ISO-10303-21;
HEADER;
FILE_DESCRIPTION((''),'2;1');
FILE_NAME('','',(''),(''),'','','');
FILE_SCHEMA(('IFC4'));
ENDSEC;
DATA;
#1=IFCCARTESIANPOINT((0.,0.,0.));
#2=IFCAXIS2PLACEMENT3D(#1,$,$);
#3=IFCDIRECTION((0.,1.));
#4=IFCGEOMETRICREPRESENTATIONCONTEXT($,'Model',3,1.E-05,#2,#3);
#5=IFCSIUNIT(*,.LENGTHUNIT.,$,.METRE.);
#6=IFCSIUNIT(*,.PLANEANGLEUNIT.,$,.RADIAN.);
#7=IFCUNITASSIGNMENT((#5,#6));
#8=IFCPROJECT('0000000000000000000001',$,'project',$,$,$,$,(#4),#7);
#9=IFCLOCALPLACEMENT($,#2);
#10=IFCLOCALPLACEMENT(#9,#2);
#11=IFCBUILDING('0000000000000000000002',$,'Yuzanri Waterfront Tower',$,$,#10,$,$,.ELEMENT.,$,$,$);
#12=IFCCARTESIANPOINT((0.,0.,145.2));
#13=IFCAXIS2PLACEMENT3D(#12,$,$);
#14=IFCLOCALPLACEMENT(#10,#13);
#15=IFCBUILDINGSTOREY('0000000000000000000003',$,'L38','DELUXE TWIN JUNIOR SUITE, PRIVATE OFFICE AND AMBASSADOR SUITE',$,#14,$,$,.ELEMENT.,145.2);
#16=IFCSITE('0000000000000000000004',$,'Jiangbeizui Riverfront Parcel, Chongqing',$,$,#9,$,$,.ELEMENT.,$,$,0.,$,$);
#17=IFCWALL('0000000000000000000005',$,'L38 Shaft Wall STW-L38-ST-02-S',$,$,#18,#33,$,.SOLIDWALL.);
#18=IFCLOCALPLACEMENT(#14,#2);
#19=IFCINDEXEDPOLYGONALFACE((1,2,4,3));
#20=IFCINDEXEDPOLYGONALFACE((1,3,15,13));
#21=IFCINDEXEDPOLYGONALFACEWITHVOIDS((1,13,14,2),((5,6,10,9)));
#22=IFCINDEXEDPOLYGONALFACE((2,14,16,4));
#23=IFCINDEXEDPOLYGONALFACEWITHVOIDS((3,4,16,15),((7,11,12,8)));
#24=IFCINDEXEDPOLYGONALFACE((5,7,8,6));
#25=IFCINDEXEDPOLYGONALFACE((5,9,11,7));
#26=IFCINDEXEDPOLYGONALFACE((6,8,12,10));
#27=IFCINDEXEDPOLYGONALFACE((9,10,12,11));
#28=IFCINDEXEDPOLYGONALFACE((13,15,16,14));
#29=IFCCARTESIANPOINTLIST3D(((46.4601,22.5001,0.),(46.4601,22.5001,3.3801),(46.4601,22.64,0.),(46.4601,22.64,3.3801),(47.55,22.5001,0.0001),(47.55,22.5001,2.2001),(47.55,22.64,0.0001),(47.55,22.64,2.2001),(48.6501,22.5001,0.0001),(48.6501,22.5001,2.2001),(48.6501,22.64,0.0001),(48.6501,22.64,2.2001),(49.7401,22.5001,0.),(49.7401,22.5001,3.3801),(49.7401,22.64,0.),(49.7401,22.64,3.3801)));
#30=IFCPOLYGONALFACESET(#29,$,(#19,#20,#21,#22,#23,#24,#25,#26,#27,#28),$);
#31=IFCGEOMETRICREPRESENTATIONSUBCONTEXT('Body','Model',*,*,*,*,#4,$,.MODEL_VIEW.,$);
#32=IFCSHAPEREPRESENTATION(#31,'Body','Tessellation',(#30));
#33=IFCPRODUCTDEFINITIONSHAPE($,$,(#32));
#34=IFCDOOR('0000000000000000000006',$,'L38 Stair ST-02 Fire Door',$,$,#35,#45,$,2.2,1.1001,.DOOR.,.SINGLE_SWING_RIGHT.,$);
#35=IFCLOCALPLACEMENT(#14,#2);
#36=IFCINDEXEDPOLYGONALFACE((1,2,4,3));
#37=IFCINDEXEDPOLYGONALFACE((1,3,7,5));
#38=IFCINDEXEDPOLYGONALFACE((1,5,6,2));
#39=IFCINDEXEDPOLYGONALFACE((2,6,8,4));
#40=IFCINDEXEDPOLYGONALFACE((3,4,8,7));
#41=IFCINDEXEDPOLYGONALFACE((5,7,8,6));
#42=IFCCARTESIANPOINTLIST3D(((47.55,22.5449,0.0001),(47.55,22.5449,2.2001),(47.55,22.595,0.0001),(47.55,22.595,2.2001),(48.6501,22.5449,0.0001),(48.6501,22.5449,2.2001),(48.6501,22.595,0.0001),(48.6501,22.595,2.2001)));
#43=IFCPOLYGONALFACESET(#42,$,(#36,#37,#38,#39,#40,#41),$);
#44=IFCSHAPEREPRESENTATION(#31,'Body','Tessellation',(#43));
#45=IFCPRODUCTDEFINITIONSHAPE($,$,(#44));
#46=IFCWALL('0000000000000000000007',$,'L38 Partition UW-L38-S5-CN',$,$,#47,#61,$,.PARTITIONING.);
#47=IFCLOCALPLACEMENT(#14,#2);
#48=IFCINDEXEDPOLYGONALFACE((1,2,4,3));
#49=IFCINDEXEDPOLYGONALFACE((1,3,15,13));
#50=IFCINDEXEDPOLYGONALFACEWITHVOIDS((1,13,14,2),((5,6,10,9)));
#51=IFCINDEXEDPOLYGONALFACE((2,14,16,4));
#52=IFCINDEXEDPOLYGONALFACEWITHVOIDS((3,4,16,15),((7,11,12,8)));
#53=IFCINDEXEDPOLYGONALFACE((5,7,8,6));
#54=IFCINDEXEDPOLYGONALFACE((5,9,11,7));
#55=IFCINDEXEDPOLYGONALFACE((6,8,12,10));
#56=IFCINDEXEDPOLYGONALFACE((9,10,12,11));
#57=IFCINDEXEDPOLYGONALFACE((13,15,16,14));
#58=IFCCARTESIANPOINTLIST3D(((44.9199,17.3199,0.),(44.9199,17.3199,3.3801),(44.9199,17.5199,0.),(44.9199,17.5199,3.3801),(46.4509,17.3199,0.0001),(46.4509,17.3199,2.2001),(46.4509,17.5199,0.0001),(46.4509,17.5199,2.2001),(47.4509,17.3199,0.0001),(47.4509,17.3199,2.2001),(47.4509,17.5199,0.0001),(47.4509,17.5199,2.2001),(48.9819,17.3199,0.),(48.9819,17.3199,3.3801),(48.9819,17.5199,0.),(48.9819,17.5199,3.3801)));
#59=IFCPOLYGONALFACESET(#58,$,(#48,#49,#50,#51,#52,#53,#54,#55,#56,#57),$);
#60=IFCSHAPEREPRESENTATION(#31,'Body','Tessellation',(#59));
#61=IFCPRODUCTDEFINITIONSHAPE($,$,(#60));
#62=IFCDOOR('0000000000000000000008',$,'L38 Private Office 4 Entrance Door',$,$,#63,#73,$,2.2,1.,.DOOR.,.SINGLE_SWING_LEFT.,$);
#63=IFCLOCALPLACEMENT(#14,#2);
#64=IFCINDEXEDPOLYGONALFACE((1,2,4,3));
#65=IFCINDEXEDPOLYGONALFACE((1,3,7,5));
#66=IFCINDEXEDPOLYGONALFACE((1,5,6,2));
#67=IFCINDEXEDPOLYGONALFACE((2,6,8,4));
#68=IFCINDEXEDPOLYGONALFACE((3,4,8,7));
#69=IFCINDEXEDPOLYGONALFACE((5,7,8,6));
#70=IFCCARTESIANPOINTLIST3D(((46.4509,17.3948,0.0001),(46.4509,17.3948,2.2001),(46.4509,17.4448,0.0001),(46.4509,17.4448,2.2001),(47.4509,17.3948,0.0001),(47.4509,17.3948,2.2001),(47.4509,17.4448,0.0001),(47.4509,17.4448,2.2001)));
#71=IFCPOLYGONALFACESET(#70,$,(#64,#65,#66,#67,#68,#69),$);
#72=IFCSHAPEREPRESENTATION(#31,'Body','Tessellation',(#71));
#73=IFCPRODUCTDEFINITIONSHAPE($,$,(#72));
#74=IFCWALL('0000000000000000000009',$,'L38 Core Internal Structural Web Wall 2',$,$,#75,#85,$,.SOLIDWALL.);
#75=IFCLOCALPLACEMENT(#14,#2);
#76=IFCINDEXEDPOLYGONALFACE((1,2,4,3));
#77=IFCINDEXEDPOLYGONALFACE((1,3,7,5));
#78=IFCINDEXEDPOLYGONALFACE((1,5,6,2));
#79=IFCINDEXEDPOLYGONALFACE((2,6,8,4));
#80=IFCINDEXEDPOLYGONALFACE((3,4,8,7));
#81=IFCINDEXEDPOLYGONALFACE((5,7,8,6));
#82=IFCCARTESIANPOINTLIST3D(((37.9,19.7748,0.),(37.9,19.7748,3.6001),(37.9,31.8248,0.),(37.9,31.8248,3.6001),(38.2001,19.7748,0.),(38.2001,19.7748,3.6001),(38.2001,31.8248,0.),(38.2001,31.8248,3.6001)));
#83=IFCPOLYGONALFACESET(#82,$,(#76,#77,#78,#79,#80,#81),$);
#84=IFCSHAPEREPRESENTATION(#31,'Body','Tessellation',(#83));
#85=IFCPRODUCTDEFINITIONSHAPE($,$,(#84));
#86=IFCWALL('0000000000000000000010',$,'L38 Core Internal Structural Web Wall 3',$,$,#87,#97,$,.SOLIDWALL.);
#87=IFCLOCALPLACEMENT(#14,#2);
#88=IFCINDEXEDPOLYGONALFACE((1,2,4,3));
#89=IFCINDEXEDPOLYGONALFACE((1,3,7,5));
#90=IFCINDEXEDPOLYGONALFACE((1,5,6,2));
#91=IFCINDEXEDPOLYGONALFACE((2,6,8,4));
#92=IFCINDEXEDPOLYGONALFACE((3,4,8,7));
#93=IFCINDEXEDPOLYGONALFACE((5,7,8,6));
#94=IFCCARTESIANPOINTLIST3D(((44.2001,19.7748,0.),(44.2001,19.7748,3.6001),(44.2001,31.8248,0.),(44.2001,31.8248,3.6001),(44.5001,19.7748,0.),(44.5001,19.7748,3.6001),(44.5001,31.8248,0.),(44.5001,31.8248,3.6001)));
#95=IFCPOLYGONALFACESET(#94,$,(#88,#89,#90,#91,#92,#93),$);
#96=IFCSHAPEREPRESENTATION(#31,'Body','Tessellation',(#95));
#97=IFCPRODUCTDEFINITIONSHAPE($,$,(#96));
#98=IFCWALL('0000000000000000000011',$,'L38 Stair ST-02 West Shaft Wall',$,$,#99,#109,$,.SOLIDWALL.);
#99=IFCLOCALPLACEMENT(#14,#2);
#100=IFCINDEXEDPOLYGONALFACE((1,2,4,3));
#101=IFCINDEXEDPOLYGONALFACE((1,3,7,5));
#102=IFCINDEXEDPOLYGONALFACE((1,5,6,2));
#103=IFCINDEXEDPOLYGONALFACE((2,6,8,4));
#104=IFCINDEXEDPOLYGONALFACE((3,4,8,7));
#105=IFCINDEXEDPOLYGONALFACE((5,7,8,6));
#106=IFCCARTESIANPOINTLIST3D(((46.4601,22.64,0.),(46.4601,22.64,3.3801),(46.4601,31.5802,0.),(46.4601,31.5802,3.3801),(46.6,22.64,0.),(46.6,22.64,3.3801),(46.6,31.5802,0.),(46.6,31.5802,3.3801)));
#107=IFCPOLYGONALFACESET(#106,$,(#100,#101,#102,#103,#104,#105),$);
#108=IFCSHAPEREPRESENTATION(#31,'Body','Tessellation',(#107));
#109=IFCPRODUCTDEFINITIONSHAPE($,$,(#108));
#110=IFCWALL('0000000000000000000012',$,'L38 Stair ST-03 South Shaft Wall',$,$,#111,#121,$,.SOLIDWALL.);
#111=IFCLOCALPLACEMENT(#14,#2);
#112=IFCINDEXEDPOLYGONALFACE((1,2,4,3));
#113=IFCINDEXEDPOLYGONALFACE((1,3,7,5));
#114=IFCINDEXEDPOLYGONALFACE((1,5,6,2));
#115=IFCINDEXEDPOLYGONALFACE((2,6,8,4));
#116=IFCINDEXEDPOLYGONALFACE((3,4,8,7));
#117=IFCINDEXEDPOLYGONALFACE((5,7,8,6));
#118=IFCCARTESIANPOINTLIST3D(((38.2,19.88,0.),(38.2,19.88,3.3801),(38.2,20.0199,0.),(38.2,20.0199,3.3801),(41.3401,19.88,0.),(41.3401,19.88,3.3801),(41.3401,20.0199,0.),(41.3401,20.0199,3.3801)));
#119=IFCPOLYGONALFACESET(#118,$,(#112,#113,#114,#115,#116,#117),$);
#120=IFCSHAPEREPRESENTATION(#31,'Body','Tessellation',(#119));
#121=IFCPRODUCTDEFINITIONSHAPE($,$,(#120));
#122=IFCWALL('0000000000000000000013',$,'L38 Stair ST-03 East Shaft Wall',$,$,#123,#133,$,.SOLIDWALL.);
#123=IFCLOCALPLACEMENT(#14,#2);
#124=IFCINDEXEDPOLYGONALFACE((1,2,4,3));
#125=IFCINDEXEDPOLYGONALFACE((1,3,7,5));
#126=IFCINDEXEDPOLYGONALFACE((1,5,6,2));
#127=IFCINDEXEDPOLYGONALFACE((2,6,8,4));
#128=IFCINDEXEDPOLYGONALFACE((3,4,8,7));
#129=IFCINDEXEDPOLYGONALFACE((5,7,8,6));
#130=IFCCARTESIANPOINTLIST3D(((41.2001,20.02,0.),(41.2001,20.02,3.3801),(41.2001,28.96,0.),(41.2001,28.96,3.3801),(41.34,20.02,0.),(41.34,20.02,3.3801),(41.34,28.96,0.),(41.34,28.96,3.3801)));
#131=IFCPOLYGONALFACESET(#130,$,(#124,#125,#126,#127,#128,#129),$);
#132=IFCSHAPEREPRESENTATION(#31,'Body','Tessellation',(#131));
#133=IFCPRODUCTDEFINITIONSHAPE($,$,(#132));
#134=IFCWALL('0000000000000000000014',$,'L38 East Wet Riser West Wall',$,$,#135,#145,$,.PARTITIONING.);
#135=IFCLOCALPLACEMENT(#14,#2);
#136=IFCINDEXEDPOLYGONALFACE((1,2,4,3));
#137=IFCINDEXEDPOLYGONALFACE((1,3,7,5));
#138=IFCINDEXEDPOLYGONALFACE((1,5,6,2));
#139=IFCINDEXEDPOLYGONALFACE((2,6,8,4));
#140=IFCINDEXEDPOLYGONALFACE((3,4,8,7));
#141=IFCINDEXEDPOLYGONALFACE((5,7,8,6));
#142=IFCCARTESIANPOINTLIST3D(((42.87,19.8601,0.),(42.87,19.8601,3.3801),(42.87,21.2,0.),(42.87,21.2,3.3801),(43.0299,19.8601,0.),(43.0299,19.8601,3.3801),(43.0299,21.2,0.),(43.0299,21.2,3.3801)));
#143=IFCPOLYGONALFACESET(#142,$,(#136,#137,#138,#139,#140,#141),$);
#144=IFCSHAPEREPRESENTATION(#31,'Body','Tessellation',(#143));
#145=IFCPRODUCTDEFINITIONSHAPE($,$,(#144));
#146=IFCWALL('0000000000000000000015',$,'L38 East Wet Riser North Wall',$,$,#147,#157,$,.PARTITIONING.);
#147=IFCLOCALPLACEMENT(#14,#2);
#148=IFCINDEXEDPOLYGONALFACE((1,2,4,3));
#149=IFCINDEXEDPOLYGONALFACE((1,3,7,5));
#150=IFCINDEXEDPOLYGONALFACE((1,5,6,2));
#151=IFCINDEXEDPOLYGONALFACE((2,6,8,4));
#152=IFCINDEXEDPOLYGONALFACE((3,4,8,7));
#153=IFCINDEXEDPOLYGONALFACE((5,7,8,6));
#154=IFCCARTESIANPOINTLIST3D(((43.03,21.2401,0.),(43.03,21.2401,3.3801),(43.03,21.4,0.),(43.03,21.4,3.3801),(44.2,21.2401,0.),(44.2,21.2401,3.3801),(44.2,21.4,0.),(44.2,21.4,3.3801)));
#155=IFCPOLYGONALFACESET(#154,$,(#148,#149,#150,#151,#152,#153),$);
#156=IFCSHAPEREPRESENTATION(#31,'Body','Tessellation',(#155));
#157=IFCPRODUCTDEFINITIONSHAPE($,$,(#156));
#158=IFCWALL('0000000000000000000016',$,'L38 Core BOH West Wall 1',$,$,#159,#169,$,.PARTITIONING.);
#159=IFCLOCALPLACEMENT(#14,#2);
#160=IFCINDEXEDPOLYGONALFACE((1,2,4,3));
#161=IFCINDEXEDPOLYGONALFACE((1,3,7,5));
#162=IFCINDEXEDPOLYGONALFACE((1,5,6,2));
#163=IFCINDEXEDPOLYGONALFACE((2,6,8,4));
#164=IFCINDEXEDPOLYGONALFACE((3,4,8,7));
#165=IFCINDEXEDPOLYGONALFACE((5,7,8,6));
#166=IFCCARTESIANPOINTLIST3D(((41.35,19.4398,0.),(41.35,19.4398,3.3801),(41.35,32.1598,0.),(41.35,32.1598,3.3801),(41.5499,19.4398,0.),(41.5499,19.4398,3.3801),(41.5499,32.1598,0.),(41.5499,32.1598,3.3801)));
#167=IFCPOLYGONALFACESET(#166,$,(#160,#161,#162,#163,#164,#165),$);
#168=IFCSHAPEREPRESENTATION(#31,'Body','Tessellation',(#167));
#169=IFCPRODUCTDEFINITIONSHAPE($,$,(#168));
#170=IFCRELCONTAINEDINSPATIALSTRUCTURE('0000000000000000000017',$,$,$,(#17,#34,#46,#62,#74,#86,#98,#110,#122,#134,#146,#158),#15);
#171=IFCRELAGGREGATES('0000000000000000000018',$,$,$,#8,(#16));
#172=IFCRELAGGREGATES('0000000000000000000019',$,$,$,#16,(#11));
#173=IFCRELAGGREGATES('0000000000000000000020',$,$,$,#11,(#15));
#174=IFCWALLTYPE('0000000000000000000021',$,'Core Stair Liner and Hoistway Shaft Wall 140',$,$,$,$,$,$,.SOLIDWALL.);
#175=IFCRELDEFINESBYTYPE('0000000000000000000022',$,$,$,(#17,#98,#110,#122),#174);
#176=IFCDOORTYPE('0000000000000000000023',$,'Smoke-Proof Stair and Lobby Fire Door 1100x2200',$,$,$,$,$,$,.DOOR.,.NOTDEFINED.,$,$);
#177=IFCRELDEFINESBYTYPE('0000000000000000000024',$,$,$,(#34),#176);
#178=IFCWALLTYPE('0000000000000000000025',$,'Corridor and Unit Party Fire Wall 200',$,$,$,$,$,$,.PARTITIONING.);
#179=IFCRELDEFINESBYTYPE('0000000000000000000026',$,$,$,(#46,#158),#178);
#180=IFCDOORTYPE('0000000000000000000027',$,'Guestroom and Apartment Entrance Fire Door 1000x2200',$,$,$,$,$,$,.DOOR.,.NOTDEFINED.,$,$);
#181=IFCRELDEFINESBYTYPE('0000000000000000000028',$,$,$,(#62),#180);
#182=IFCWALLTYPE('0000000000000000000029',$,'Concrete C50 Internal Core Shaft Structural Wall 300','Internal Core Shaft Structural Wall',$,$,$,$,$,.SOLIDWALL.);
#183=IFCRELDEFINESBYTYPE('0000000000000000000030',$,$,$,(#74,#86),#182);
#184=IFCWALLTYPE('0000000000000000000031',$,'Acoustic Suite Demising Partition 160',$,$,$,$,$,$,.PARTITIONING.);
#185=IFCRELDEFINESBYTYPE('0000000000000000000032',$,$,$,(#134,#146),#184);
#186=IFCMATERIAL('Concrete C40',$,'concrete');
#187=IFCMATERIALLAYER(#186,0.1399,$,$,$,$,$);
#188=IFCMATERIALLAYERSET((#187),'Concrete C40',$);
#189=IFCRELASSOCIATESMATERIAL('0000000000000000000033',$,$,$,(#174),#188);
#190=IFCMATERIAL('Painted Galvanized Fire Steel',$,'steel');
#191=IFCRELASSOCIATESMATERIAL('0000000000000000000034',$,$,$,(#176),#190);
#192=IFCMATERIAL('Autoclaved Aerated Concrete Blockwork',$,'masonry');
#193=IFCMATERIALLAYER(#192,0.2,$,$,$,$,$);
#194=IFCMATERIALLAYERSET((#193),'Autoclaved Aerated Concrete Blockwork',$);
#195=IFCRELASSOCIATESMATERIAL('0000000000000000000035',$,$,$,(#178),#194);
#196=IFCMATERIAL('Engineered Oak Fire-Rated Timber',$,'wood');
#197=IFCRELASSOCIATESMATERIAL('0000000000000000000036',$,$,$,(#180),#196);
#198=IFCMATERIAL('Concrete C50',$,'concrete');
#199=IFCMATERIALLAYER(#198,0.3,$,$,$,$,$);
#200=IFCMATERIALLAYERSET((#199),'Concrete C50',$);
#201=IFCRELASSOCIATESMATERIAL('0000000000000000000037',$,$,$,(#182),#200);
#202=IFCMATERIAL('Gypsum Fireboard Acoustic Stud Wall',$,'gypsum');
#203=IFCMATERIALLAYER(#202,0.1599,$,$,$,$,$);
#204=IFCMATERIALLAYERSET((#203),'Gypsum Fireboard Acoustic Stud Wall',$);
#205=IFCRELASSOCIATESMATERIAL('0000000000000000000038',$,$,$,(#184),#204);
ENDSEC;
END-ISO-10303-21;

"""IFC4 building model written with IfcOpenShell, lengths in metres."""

from ifc_helpers import new_model, si_unit, direction, frame, frame_2d, origin, place, context, subcontext, project, spatial, rectangle, extrude, source, transform, mapped, material, layer, layer_set, type_object, element, fill, save


model = new_model("IFC4")

# Units and contexts
model_context = context("Model", 3, precision=1e-05, world=origin(), true_north=direction((0.0, 1.0)))
body_context = subcontext(model_context, "Body", "Model", "MODEL_VIEW")
ifc_project = project(units=[si_unit("LENGTHUNIT", "METRE"), si_unit("PLANEANGLEUNIT", "RADIAN")], contexts=[model_context])

# Site, building, storey
site_placement = place(None, origin())
site = spatial("IfcSite", under=ifc_project, at=site_placement, Name="Jiangbeizui Riverfront Parcel, Chongqing", CompositionType="ELEMENT", RefElevation=0.0)
building_placement = place(site_placement, origin())
building = spatial("IfcBuilding", under=site, at=building_placement, Name="Yuzanri Waterfront Tower", CompositionType="ELEMENT")
storey_placement = place(building_placement, frame((0.0, 0.0, 145.2)))
storey = spatial("IfcBuildingStorey", under=building, at=storey_placement, Name="L38", Description="DELUXE TWIN JUNIOR SUITE, PRIVATE OFFICE AND AMBASSADOR SUITE", CompositionType="ELEMENT", Elevation=145.2)

# Walls, openings, doors
ifc_material_1 = material(Name="Concrete C40", Category="concrete")
ifc_layer_1 = layer(ifc_material_1, 0.1399)
ifc_layer_set_1 = layer_set([ifc_layer_1], Name="Concrete C40")
wall_type_1 = type_object("IfcWallType", Name="Core Stair Liner and Hoistway Shaft Wall 140", PredefinedType="SOLIDWALL", material=ifc_layer_set_1)
wall_1_placement = place(storey_placement, frame((46.46, 22.5701, 0.0), z_axis=(0.0, 0.0, 1.0), x_axis=(1.0, 0.0, 0.0)))
wall_1 = element("IfcWall", 1, at=wall_1_placement, inside=storey, type_object=wall_type_1, Name="L38 Shaft Wall STW-L38-ST-02-S", PredefinedType="SOLIDWALL", context=body_context, shape_type="SweptSolid", body=[
    extrude(rectangle(XDim=3.28, YDim=0.1399, at=frame_2d((1.6401, 0.0))), origin(), (0.0, 0.0, 1.0), 3.3801),
])
opening_1_placement = place(wall_1_placement, frame((1.0901, 0.0, 0.0)))
opening_1 = element("IfcOpeningElement", 2, at=opening_1_placement, cuts=wall_1, PredefinedType="OPENING", context=body_context, shape_type="SweptSolid", body=[
    extrude(rectangle(XDim=1.1001, YDim=2.2, at=frame_2d((0.55, 1.1001))), frame((0.0, 0.085, 0.0), z_axis=(0.0, -1.0, 0.0), x_axis=(1.0, 0.0, 0.0)), (0.0, 0.0, 1.0), 0.1697),
])
ifc_material_2 = material(Name="Painted Galvanized Fire Steel", Category="steel")
door_type_1 = type_object("IfcDoorType", Name="Smoke-Proof Stair and Lobby Fire Door 1100x2200", OperationType="NOTDEFINED", PredefinedType="DOOR", material=ifc_material_2)
shared_shape_1 = source(origin(), body_context, "Body", "SweptSolid", [
    extrude(rectangle(XDim=1.1001, YDim=2.2, at=frame_2d((0.55, 1.1001))), frame((0.0, 0.0249, 0.0), z_axis=(0.0, -1.0, 0.0), x_axis=(1.0, 0.0, 0.0)), (0.0, 0.0, 1.0), 0.05),
])
door_1_placement = place(opening_1_placement, origin())
door_1 = element("IfcDoor", 3, at=door_1_placement, inside=storey, type_object=door_type_1, Name="L38 Stair ST-02 Fire Door", OperationType="SINGLE_SWING_RIGHT", OverallHeight=2.2, OverallWidth=1.1001, PredefinedType="DOOR", context=body_context, shape_type="MappedRepresentation", body=[
    mapped(shared_shape_1, transform((0.0, 0.0, 0.0), scale=1.0)),
])
fill(opening_1, door_1)
ifc_material_3 = material(Name="Autoclaved Aerated Concrete Blockwork", Category="masonry")
ifc_layer_2 = layer(ifc_material_3, 0.2)
ifc_layer_set_2 = layer_set([ifc_layer_2], Name="Autoclaved Aerated Concrete Blockwork")
wall_type_2 = type_object("IfcWallType", Name="Corridor and Unit Party Fire Wall 200", PredefinedType="PARTITIONING", material=ifc_layer_set_2)
wall_2_placement = place(storey_placement, frame((44.9199, 17.4199, 0.0), z_axis=(0.0, 0.0, 1.0), x_axis=(1.0, 0.0, 0.0)))
wall_2 = element("IfcWall", 4, at=wall_2_placement, inside=storey, type_object=wall_type_2, Name="L38 Partition UW-L38-S5-CN", PredefinedType="PARTITIONING", context=body_context, shape_type="SweptSolid", body=[
    extrude(rectangle(XDim=4.062, YDim=0.2, at=frame_2d((2.031, 0.0))), origin(), (0.0, 0.0, 1.0), 3.3801),
])
opening_2_placement = place(wall_2_placement, frame((1.531, 0.0, 0.0)))
opening_2 = element("IfcOpeningElement", 5, at=opening_2_placement, cuts=wall_2, PredefinedType="OPENING", context=body_context, shape_type="SweptSolid", body=[
    extrude(rectangle(XDim=1.0, YDim=2.2, at=frame_2d((0.5, 1.1001))), frame((0.0, 0.1147, 0.0), z_axis=(0.0, -1.0, 0.0), x_axis=(1.0, 0.0, 0.0)), (0.0, 0.0, 1.0), 0.2297),
])
ifc_material_4 = material(Name="Engineered Oak Fire-Rated Timber", Category="wood")
door_type_2 = type_object("IfcDoorType", Name="Guestroom and Apartment Entrance Fire Door 1000x2200", OperationType="NOTDEFINED", PredefinedType="DOOR", material=ifc_material_4)
shared_shape_2 = source(origin(), body_context, "Body", "SweptSolid", [
    extrude(rectangle(XDim=1.0, YDim=2.2, at=frame_2d((0.5, 1.1001))), frame((0.0, 0.0249, 0.0), z_axis=(0.0, -1.0, 0.0), x_axis=(1.0, 0.0, 0.0)), (0.0, 0.0, 1.0), 0.05),
])
door_2_placement = place(opening_2_placement, origin())
door_2 = element("IfcDoor", 6, at=door_2_placement, inside=storey, type_object=door_type_2, Name="L38 Private Office 4 Entrance Door", OperationType="SINGLE_SWING_LEFT", OverallHeight=2.2, OverallWidth=1.0, PredefinedType="DOOR", context=body_context, shape_type="MappedRepresentation", body=[
    mapped(shared_shape_2, transform((0.0, 0.0, 0.0), scale=1.0)),
])
fill(opening_2, door_2)

# Walls
ifc_material_5 = material(Name="Concrete C50", Category="concrete")
ifc_layer_3 = layer(ifc_material_5, 0.3)
ifc_layer_set_3 = layer_set([ifc_layer_3], Name="Concrete C50")
wall_type_3 = type_object("IfcWallType", Name="Concrete C50 Internal Core Shaft Structural Wall 300", Description="Internal Core Shaft Structural Wall", PredefinedType="SOLIDWALL", material=ifc_layer_set_3)
shared_shape_3 = source(origin(), body_context, "Body", "SweptSolid", [
    extrude(rectangle(XDim=12.05, YDim=0.3, at=frame_2d((6.0249, 0.0))), origin(), (0.0, 0.0, 1.0), 3.6001),
])
for number, where, z_axis, x_axis, name in (
    (7, (38.05, 19.7749, 0.0), (0.0, 0.0, 1.0), (0.0, 1.0, 0.0), "L38 Core Internal Structural Web Wall 2"),
    (8, (44.3501, 19.7749, 0.0), (0.0, 0.0, 1.0), (0.0, 1.0, 0.0), "L38 Core Internal Structural Web Wall 3"),
):
    element("IfcWall", number, at=place(storey_placement, frame(where, z_axis=z_axis, x_axis=x_axis)), inside=storey, type_object=wall_type_3, Name=name, PredefinedType="SOLIDWALL", context=body_context, shape_type="MappedRepresentation", body=[
        mapped(shared_shape_3, transform((0.0, 0.0, 0.0), scale=1.0)),
    ])
shared_shape_4 = source(origin(), body_context, "Body", "SweptSolid", [
    extrude(rectangle(XDim=8.9402, YDim=0.1399, at=frame_2d((4.4702, 0.0))), origin(), (0.0, 0.0, 1.0), 3.3801),
])
wall_3_placement = place(storey_placement, frame((46.53, 22.6399, 0.0), z_axis=(0.0, 0.0, 1.0), x_axis=(0.0, 1.0, 0.0)))
element("IfcWall", 9, at=wall_3_placement, inside=storey, type_object=wall_type_1, Name="L38 Stair ST-02 West Shaft Wall", PredefinedType="SOLIDWALL", context=body_context, shape_type="MappedRepresentation", body=[
    mapped(shared_shape_4, transform((0.0, 0.0, 0.0), scale=1.0)),
])
shared_shape_5 = source(origin(), body_context, "Body", "SweptSolid", [
    extrude(rectangle(XDim=3.1401, YDim=0.1399, at=frame_2d((1.5701, 0.0))), origin(), (0.0, 0.0, 1.0), 3.3801),
])
wall_4_placement = place(storey_placement, frame((38.2, 19.95, 0.0), z_axis=(0.0, 0.0, 1.0), x_axis=(1.0, 0.0, 0.0)))
element("IfcWall", 10, at=wall_4_placement, inside=storey, type_object=wall_type_1, Name="L38 Stair ST-03 South Shaft Wall", PredefinedType="SOLIDWALL", context=body_context, shape_type="MappedRepresentation", body=[
    mapped(shared_shape_5, transform((0.0, 0.0, 0.0), scale=1.0)),
])
shared_shape_6 = source(origin(), body_context, "Body", "SweptSolid", [
    extrude(rectangle(XDim=8.9399, YDim=0.1399, at=frame_2d((4.47, 0.0))), origin(), (0.0, 0.0, 1.0), 3.3801),
])
wall_5_placement = place(storey_placement, frame((41.27, 20.02, 0.0), z_axis=(0.0, 0.0, 1.0), x_axis=(0.0, 1.0, 0.0)))
element("IfcWall", 11, at=wall_5_placement, inside=storey, type_object=wall_type_1, Name="L38 Stair ST-03 East Shaft Wall", PredefinedType="SOLIDWALL", context=body_context, shape_type="MappedRepresentation", body=[
    mapped(shared_shape_6, transform((0.0, 0.0, 0.0), scale=1.0)),
])
ifc_material_6 = material(Name="Gypsum Fireboard Acoustic Stud Wall", Category="gypsum")
ifc_layer_4 = layer(ifc_material_6, 0.1599)
ifc_layer_set_4 = layer_set([ifc_layer_4], Name="Gypsum Fireboard Acoustic Stud Wall")
wall_type_4 = type_object("IfcWallType", Name="Acoustic Suite Demising Partition 160", PredefinedType="PARTITIONING", material=ifc_layer_set_4)
shared_shape_7 = source(origin(), body_context, "Body", "SweptSolid", [
    extrude(rectangle(XDim=1.3398, YDim=0.1599, at=frame_2d((0.6699, 0.0))), origin(), (0.0, 0.0, 1.0), 3.3801),
])
wall_6_placement = place(storey_placement, frame((42.95, 19.8601, 0.0), z_axis=(0.0, 0.0, 1.0), x_axis=(0.0, 1.0, 0.0)))
element("IfcWall", 12, at=wall_6_placement, inside=storey, type_object=wall_type_4, Name="L38 East Wet Riser West Wall", PredefinedType="PARTITIONING", context=body_context, shape_type="MappedRepresentation", body=[
    mapped(shared_shape_7, transform((0.0, 0.0, 0.0), scale=1.0)),
])
shared_shape_8 = source(origin(), body_context, "Body", "SweptSolid", [
    extrude(rectangle(XDim=1.1699, YDim=0.1599, at=frame_2d((0.585, 0.0))), origin(), (0.0, 0.0, 1.0), 3.3801),
])
wall_7_placement = place(storey_placement, frame((43.03, 21.3201, 0.0), z_axis=(0.0, 0.0, 1.0), x_axis=(1.0, 0.0, 0.0)))
element("IfcWall", 13, at=wall_7_placement, inside=storey, type_object=wall_type_4, Name="L38 East Wet Riser North Wall", PredefinedType="PARTITIONING", context=body_context, shape_type="MappedRepresentation", body=[
    mapped(shared_shape_8, transform((0.0, 0.0, 0.0), scale=1.0)),
])
shared_shape_9 = source(origin(), body_context, "Body", "SweptSolid", [
    extrude(rectangle(XDim=12.72, YDim=0.2, at=frame_2d((6.3599, 0.0))), origin(), (0.0, 0.0, 1.0), 3.3801),
])
wall_8_placement = place(storey_placement, frame((41.45, 19.4399, 0.0), z_axis=(0.0, 0.0, 1.0), x_axis=(0.0, 1.0, 0.0)))
element("IfcWall", 14, at=wall_8_placement, inside=storey, type_object=wall_type_2, Name="L38 Core BOH West Wall 1", PredefinedType="PARTITIONING", context=body_context, shape_type="MappedRepresentation", body=[
    mapped(shared_shape_9, transform((0.0, 0.0, 0.0), scale=1.0)),
])

save(model, "model.ifc")
